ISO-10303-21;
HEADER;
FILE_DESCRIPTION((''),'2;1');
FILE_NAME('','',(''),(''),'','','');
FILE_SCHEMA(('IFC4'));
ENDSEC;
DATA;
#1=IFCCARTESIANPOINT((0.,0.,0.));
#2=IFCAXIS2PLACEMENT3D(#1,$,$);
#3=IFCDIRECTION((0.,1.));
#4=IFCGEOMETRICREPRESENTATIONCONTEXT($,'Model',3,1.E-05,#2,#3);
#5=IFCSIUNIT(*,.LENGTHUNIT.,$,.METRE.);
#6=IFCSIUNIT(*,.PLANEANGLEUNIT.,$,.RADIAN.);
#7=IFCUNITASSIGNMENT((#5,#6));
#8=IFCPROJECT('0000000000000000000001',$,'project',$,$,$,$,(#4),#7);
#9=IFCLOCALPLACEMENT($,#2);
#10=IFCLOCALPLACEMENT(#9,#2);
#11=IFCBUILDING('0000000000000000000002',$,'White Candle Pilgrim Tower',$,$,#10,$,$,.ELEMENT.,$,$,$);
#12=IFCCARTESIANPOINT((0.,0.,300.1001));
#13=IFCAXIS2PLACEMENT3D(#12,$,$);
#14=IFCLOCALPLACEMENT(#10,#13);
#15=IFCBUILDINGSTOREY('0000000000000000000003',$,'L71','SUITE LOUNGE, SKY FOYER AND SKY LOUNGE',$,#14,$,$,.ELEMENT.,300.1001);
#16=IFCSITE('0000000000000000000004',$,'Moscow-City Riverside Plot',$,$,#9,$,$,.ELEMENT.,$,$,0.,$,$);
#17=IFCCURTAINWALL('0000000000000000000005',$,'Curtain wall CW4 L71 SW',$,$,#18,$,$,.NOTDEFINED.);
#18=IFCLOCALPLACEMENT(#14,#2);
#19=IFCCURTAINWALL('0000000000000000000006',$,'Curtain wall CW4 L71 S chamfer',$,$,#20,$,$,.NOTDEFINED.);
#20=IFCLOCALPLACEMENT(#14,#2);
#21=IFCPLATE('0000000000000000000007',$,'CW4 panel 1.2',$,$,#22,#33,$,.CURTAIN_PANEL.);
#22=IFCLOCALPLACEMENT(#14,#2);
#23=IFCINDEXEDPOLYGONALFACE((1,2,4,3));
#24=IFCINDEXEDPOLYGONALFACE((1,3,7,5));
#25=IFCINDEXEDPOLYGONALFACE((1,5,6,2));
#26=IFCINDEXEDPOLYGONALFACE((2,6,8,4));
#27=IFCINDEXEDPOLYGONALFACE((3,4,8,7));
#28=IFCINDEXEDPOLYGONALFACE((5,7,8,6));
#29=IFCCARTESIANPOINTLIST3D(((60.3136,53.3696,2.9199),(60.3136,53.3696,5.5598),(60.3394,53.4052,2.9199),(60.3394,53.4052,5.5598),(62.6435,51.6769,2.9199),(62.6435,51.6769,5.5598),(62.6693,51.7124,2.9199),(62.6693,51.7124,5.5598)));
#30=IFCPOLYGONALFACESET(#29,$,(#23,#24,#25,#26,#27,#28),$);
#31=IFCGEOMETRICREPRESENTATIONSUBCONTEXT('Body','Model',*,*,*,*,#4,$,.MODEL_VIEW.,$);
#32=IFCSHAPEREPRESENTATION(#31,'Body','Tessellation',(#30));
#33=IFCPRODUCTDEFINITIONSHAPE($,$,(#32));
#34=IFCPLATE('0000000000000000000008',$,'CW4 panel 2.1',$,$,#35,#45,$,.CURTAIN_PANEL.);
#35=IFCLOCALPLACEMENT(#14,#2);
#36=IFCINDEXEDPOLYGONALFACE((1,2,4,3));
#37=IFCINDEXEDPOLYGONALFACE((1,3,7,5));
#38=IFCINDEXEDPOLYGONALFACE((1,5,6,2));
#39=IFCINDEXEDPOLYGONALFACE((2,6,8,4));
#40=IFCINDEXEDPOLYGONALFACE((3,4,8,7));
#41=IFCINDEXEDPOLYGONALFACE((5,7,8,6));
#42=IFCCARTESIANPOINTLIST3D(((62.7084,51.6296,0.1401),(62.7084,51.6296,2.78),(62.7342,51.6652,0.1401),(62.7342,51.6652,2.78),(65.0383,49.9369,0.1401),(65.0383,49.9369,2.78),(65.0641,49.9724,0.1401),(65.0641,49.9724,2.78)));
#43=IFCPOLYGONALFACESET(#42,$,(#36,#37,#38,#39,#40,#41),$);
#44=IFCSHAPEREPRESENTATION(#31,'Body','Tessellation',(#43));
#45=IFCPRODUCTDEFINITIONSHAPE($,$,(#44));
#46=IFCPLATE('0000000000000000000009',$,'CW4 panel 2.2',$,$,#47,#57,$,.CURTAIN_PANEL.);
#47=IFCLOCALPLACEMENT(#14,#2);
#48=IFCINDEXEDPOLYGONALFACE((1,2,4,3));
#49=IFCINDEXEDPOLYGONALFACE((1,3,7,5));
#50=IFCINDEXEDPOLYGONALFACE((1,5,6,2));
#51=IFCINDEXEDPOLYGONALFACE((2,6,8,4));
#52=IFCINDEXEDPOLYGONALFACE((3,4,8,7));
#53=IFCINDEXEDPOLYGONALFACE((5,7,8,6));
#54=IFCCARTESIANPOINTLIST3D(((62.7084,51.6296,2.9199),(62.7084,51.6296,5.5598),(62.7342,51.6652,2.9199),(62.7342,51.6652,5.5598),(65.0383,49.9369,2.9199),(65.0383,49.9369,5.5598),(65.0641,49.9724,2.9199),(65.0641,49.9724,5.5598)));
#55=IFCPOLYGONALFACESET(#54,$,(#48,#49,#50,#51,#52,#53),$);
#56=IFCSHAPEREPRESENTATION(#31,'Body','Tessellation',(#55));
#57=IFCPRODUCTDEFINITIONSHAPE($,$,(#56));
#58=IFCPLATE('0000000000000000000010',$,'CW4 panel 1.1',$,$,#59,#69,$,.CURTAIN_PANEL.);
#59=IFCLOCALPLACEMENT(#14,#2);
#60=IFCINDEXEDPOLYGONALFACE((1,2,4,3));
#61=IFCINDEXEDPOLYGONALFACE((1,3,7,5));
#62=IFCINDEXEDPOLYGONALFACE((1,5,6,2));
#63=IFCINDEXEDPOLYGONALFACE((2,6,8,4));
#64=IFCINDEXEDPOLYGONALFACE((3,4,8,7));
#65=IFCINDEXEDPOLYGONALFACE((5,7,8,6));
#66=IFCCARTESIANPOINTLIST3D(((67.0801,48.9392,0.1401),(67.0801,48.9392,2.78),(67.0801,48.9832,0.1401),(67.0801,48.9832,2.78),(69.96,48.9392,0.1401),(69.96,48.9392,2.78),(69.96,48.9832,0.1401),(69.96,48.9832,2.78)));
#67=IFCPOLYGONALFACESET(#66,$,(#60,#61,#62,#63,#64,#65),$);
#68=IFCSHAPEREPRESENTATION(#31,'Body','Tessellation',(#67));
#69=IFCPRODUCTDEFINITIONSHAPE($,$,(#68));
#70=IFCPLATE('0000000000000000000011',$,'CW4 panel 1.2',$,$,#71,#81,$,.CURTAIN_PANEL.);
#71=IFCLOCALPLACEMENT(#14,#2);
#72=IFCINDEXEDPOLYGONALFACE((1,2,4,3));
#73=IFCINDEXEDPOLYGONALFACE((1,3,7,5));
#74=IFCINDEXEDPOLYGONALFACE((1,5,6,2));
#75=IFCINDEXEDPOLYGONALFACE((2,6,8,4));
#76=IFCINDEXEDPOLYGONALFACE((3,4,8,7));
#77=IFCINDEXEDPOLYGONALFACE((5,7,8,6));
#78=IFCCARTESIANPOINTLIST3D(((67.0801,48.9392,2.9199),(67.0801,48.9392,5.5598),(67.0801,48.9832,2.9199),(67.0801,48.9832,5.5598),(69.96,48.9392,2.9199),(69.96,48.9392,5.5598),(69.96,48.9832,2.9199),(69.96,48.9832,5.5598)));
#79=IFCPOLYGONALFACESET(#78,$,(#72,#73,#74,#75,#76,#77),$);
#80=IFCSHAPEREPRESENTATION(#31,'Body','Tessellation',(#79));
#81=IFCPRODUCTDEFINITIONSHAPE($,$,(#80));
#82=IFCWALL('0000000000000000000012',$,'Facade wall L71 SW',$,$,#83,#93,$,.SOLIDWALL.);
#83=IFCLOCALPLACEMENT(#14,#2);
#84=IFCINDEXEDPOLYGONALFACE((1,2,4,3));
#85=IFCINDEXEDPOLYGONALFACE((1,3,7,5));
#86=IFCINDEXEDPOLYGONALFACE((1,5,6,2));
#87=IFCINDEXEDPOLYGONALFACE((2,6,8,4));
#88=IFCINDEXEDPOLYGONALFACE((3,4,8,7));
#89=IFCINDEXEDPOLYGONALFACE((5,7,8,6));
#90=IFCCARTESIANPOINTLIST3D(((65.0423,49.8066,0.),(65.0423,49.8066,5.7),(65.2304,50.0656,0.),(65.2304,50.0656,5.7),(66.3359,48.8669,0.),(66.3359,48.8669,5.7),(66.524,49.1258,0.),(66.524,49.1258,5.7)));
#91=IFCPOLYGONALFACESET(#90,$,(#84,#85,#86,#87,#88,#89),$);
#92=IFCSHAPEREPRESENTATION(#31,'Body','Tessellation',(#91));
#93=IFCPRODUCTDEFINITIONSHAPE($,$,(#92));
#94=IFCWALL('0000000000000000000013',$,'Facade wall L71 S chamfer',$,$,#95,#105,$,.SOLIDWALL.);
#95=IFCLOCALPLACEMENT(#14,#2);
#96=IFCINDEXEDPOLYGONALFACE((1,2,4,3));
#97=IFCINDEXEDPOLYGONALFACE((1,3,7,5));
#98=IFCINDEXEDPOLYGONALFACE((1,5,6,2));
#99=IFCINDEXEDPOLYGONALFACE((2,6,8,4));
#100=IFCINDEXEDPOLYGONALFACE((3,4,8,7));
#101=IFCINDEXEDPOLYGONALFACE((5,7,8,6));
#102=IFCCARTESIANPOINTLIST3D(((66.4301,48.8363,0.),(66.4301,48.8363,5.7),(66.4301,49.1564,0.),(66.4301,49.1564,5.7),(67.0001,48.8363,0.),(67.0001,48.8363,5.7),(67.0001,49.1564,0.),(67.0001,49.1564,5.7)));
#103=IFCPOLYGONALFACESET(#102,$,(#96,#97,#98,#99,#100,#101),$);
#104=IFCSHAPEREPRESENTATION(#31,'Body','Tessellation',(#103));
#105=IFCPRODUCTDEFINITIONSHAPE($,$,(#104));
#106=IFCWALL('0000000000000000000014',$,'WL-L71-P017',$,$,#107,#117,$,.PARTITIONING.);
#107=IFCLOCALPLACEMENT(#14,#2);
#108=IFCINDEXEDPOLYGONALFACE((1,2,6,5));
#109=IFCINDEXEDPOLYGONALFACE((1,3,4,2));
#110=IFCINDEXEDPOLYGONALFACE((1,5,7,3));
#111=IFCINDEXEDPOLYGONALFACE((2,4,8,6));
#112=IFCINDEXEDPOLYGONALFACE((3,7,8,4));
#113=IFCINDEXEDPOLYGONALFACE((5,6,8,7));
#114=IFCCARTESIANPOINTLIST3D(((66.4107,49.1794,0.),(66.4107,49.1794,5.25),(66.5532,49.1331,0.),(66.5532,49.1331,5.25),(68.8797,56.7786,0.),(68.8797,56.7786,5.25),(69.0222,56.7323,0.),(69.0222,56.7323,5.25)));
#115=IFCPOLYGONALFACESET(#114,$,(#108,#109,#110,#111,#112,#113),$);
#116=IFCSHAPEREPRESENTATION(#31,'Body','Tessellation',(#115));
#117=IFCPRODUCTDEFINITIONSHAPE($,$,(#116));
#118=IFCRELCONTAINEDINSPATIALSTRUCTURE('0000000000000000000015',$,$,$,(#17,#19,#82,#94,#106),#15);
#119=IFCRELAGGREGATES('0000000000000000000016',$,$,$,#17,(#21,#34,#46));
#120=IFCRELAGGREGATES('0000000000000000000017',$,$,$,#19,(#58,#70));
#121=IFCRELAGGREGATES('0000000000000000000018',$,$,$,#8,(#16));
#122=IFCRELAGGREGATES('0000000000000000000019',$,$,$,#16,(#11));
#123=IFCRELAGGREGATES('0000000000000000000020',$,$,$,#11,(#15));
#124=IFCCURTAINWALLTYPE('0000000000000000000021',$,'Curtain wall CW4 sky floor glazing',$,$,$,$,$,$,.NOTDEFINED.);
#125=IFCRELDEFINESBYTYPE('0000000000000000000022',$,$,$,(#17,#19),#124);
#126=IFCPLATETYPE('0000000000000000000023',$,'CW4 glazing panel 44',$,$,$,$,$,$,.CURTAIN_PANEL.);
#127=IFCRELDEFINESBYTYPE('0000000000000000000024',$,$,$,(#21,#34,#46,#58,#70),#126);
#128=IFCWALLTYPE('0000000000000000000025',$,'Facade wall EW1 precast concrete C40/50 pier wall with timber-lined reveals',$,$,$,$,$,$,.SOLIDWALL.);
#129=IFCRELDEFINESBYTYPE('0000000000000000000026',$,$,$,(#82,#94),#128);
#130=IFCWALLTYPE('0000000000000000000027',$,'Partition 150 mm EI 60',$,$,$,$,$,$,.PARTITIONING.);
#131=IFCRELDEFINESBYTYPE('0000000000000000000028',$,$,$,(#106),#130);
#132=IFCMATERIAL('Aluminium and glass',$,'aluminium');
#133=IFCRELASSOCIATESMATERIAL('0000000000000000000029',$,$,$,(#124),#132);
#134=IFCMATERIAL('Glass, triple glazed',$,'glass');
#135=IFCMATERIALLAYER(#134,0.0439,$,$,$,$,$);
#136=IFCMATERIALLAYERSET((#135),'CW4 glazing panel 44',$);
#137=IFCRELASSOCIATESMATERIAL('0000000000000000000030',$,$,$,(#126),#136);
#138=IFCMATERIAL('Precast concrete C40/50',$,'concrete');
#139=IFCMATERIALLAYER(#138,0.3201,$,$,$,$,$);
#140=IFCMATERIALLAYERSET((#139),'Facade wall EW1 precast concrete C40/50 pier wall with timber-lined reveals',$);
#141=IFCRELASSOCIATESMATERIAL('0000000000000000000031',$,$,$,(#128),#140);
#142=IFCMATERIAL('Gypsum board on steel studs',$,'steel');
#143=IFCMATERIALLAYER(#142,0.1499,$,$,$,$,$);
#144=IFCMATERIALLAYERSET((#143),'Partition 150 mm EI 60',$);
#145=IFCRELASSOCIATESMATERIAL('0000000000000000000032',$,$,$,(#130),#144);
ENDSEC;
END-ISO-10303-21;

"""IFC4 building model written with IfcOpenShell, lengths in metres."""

from ifc_helpers import new_model, si_unit, direction, frame, frame_2d, origin, origin_2d, place, context, subcontext, project, spatial, rectangle, extrude, material, layer, layer_set, type_object, element, aggregate, save


model = new_model("IFC4")

# Units and contexts
model_context = context("Model", 3, precision=1e-05, world=origin(), true_north=direction((0.0, 1.0)))
body_context = subcontext(model_context, "Body", "Model", "MODEL_VIEW")
ifc_project = project(units=[si_unit("LENGTHUNIT", "METRE"), si_unit("PLANEANGLEUNIT", "RADIAN")], contexts=[model_context])

# Site, building, storey
site_placement = place(None, origin())
site = spatial("IfcSite", under=ifc_project, at=site_placement, Name="Moscow-City Riverside Plot", CompositionType="ELEMENT", RefElevation=0.0)
building_placement = place(site_placement, origin())
building = spatial("IfcBuilding", under=site, at=building_placement, Name="White Candle Pilgrim Tower", CompositionType="ELEMENT")
storey_placement = place(building_placement, frame((0.0, 0.0, 300.1001)))
storey = spatial("IfcBuildingStorey", under=building, at=storey_placement, Name="L71", Description="SUITE LOUNGE, SKY FOYER AND SKY LOUNGE", CompositionType="ELEMENT", Elevation=300.1001)

# Curtain wall
ifc_material_1 = material(Name="Aluminium and glass", Category="aluminium")
curtain_wall_type = type_object("IfcCurtainWallType", Name="Curtain wall CW4 sky floor glazing", PredefinedType="NOTDEFINED", material=ifc_material_1)
curtain_wall_1_placement = place(storey_placement, origin())
curtain_wall_1 = element("IfcCurtainWall", 1, at=curtain_wall_1_placement, inside=storey, type_object=curtain_wall_type, Name="Curtain wall CW4 L71 SW", PredefinedType="NOTDEFINED")

# Curtain wall
curtain_wall_2_placement = place(storey_placement, origin())
curtain_wall_2 = element("IfcCurtainWall", 2, at=curtain_wall_2_placement, inside=storey, type_object=curtain_wall_type, Name="Curtain wall CW4 L71 S chamfer", PredefinedType="NOTDEFINED")

# Plates
ifc_material_2 = material(Name="Glass, triple glazed", Category="glass")
ifc_layer_1 = layer(ifc_material_2, 0.0439)
ifc_layer_set_1 = layer_set([ifc_layer_1], Name="CW4 glazing panel 44")
plate_type = type_object("IfcPlateType", Name="CW4 glazing panel 44", PredefinedType="CURTAIN_PANEL", material=ifc_layer_set_1)
plate_1_placement = place(storey_placement, frame((61.4915, 52.541, 2.9199), z_axis=(0.0, 0.0, 1.0), x_axis=(0.809017, -0.587785, 0.0)))
plate_1 = element("IfcPlate", 3, at=plate_1_placement, type_object=plate_type, Name="CW4 panel 1.2", PredefinedType="CURTAIN_PANEL", context=body_context, shape_type="SweptSolid", body=[
    extrude(rectangle(XDim=2.8799, YDim=0.0439, at=origin_2d()), origin(), (0.0, 0.0, 1.0), 2.6399),
])
plate_2_placement = place(storey_placement, frame((63.8862, 50.801, 0.1401), z_axis=(0.0, 0.0, 1.0), x_axis=(0.809017, -0.587785, 0.0)))
plate_2 = element("IfcPlate", 4, at=plate_2_placement, type_object=plate_type, Name="CW4 panel 2.1", PredefinedType="CURTAIN_PANEL", context=body_context, shape_type="SweptSolid", body=[
    extrude(rectangle(XDim=2.8799, YDim=0.0439, at=origin_2d()), origin(), (0.0, 0.0, 1.0), 2.6399),
])
plate_3_placement = place(storey_placement, frame((63.8862, 50.801, 2.9199), z_axis=(0.0, 0.0, 1.0), x_axis=(0.809017, -0.587785, 0.0)))
plate_3 = element("IfcPlate", 5, at=plate_3_placement, type_object=plate_type, Name="CW4 panel 2.2", PredefinedType="CURTAIN_PANEL", context=body_context, shape_type="SweptSolid", body=[
    extrude(rectangle(XDim=2.8799, YDim=0.0439, at=origin_2d()), origin(), (0.0, 0.0, 1.0), 2.6399),
])
aggregate(curtain_wall_1, [plate_1, plate_2, plate_3])
plate_4_placement = place(storey_placement, frame((68.52, 48.9612, 0.1401), z_axis=(0.0, 0.0, 1.0), x_axis=(1.0, 0.0, 0.0)))
plate_4 = element("IfcPlate", 6, at=plate_4_placement, type_object=plate_type, Name="CW4 panel 1.1", PredefinedType="CURTAIN_PANEL", context=body_context, shape_type="SweptSolid", body=[
    extrude(rectangle(XDim=2.8799, YDim=0.0439, at=origin_2d()), origin(), (0.0, 0.0, 1.0), 2.6399),
])
plate_5_placement = place(storey_placement, frame((68.52, 48.9612, 2.9199), z_axis=(0.0, 0.0, 1.0), x_axis=(1.0, 0.0, 0.0)))
plate_5 = element("IfcPlate", 7, at=plate_5_placement, type_object=plate_type, Name="CW4 panel 1.2", PredefinedType="CURTAIN_PANEL", context=body_context, shape_type="SweptSolid", body=[
    extrude(rectangle(XDim=2.8799, YDim=0.0439, at=origin_2d()), origin(), (0.0, 0.0, 1.0), 2.6399),
])
aggregate(curtain_wall_2, [plate_4, plate_5])

# Walls
ifc_material_3 = material(Name="Precast concrete C40/50", Category="concrete")
ifc_layer_2 = layer(ifc_material_3, 0.3201)
ifc_layer_set_2 = layer_set([ifc_layer_2], Name="Facade wall EW1 precast concrete C40/50 pier wall with timber-lined reveals")
wall_type_1 = type_object("IfcWallType", Name="Facade wall EW1 precast concrete C40/50 pier wall with timber-lined reveals", PredefinedType="SOLIDWALL", material=ifc_layer_set_2)
wall_1_placement = place(storey_placement, frame((65.1365, 49.936, 0.0), z_axis=(0.0, 0.0, 1.0), x_axis=(0.809033, -0.587763, 0.0)))
element("IfcWall", 8, at=wall_1_placement, inside=storey, type_object=wall_type_1, Name="Facade wall L71 SW", PredefinedType="SOLIDWALL", context=body_context, shape_type="SweptSolid", body=[
    extrude(rectangle(XDim=1.5989, YDim=0.3201, at=frame_2d((0.7993, 0.0))), origin(), (0.0, 0.0, 1.0), 5.7),
])
wall_2_placement = place(storey_placement, frame((66.4299, 48.9963, 0.0), z_axis=(0.0, 0.0, 1.0), x_axis=(1.0, 0.0, 0.0)))
element("IfcWall", 9, at=wall_2_placement, inside=storey, type_object=wall_type_1, Name="Facade wall L71 S chamfer", PredefinedType="SOLIDWALL", context=body_context, shape_type="SweptSolid", body=[
    extrude(rectangle(XDim=0.5701, YDim=0.3201, at=frame_2d((0.2852, 0.0))), origin(), (0.0, 0.0, 1.0), 5.7),
])
ifc_material_4 = material(Name="Gypsum board on steel studs", Category="steel")
ifc_layer_3 = layer(ifc_material_4, 0.1499)
ifc_layer_set_3 = layer_set([ifc_layer_3], Name="Partition 150 mm EI 60")
wall_type_2 = type_object("IfcWallType", Name="Partition 150 mm EI 60", PredefinedType="PARTITIONING", material=ifc_layer_set_3)
wall_3_placement = place(storey_placement, frame((66.4819, 49.1562, 0.0), z_axis=(0.0, 0.0, 1.0), x_axis=(0.309005, 0.951061, 0.0)))
element("IfcWall", 10, at=wall_3_placement, inside=storey, type_object=wall_type_2, Name="WL-L71-P017", PredefinedType="PARTITIONING", context=body_context, shape_type="SweptSolid", body=[
    extrude(rectangle(XDim=7.9902, YDim=0.1499, at=frame_2d((3.9951, 0.0))), origin(), (0.0, 0.0, 1.0), 5.25),
])

save(model, "model.ifc")
